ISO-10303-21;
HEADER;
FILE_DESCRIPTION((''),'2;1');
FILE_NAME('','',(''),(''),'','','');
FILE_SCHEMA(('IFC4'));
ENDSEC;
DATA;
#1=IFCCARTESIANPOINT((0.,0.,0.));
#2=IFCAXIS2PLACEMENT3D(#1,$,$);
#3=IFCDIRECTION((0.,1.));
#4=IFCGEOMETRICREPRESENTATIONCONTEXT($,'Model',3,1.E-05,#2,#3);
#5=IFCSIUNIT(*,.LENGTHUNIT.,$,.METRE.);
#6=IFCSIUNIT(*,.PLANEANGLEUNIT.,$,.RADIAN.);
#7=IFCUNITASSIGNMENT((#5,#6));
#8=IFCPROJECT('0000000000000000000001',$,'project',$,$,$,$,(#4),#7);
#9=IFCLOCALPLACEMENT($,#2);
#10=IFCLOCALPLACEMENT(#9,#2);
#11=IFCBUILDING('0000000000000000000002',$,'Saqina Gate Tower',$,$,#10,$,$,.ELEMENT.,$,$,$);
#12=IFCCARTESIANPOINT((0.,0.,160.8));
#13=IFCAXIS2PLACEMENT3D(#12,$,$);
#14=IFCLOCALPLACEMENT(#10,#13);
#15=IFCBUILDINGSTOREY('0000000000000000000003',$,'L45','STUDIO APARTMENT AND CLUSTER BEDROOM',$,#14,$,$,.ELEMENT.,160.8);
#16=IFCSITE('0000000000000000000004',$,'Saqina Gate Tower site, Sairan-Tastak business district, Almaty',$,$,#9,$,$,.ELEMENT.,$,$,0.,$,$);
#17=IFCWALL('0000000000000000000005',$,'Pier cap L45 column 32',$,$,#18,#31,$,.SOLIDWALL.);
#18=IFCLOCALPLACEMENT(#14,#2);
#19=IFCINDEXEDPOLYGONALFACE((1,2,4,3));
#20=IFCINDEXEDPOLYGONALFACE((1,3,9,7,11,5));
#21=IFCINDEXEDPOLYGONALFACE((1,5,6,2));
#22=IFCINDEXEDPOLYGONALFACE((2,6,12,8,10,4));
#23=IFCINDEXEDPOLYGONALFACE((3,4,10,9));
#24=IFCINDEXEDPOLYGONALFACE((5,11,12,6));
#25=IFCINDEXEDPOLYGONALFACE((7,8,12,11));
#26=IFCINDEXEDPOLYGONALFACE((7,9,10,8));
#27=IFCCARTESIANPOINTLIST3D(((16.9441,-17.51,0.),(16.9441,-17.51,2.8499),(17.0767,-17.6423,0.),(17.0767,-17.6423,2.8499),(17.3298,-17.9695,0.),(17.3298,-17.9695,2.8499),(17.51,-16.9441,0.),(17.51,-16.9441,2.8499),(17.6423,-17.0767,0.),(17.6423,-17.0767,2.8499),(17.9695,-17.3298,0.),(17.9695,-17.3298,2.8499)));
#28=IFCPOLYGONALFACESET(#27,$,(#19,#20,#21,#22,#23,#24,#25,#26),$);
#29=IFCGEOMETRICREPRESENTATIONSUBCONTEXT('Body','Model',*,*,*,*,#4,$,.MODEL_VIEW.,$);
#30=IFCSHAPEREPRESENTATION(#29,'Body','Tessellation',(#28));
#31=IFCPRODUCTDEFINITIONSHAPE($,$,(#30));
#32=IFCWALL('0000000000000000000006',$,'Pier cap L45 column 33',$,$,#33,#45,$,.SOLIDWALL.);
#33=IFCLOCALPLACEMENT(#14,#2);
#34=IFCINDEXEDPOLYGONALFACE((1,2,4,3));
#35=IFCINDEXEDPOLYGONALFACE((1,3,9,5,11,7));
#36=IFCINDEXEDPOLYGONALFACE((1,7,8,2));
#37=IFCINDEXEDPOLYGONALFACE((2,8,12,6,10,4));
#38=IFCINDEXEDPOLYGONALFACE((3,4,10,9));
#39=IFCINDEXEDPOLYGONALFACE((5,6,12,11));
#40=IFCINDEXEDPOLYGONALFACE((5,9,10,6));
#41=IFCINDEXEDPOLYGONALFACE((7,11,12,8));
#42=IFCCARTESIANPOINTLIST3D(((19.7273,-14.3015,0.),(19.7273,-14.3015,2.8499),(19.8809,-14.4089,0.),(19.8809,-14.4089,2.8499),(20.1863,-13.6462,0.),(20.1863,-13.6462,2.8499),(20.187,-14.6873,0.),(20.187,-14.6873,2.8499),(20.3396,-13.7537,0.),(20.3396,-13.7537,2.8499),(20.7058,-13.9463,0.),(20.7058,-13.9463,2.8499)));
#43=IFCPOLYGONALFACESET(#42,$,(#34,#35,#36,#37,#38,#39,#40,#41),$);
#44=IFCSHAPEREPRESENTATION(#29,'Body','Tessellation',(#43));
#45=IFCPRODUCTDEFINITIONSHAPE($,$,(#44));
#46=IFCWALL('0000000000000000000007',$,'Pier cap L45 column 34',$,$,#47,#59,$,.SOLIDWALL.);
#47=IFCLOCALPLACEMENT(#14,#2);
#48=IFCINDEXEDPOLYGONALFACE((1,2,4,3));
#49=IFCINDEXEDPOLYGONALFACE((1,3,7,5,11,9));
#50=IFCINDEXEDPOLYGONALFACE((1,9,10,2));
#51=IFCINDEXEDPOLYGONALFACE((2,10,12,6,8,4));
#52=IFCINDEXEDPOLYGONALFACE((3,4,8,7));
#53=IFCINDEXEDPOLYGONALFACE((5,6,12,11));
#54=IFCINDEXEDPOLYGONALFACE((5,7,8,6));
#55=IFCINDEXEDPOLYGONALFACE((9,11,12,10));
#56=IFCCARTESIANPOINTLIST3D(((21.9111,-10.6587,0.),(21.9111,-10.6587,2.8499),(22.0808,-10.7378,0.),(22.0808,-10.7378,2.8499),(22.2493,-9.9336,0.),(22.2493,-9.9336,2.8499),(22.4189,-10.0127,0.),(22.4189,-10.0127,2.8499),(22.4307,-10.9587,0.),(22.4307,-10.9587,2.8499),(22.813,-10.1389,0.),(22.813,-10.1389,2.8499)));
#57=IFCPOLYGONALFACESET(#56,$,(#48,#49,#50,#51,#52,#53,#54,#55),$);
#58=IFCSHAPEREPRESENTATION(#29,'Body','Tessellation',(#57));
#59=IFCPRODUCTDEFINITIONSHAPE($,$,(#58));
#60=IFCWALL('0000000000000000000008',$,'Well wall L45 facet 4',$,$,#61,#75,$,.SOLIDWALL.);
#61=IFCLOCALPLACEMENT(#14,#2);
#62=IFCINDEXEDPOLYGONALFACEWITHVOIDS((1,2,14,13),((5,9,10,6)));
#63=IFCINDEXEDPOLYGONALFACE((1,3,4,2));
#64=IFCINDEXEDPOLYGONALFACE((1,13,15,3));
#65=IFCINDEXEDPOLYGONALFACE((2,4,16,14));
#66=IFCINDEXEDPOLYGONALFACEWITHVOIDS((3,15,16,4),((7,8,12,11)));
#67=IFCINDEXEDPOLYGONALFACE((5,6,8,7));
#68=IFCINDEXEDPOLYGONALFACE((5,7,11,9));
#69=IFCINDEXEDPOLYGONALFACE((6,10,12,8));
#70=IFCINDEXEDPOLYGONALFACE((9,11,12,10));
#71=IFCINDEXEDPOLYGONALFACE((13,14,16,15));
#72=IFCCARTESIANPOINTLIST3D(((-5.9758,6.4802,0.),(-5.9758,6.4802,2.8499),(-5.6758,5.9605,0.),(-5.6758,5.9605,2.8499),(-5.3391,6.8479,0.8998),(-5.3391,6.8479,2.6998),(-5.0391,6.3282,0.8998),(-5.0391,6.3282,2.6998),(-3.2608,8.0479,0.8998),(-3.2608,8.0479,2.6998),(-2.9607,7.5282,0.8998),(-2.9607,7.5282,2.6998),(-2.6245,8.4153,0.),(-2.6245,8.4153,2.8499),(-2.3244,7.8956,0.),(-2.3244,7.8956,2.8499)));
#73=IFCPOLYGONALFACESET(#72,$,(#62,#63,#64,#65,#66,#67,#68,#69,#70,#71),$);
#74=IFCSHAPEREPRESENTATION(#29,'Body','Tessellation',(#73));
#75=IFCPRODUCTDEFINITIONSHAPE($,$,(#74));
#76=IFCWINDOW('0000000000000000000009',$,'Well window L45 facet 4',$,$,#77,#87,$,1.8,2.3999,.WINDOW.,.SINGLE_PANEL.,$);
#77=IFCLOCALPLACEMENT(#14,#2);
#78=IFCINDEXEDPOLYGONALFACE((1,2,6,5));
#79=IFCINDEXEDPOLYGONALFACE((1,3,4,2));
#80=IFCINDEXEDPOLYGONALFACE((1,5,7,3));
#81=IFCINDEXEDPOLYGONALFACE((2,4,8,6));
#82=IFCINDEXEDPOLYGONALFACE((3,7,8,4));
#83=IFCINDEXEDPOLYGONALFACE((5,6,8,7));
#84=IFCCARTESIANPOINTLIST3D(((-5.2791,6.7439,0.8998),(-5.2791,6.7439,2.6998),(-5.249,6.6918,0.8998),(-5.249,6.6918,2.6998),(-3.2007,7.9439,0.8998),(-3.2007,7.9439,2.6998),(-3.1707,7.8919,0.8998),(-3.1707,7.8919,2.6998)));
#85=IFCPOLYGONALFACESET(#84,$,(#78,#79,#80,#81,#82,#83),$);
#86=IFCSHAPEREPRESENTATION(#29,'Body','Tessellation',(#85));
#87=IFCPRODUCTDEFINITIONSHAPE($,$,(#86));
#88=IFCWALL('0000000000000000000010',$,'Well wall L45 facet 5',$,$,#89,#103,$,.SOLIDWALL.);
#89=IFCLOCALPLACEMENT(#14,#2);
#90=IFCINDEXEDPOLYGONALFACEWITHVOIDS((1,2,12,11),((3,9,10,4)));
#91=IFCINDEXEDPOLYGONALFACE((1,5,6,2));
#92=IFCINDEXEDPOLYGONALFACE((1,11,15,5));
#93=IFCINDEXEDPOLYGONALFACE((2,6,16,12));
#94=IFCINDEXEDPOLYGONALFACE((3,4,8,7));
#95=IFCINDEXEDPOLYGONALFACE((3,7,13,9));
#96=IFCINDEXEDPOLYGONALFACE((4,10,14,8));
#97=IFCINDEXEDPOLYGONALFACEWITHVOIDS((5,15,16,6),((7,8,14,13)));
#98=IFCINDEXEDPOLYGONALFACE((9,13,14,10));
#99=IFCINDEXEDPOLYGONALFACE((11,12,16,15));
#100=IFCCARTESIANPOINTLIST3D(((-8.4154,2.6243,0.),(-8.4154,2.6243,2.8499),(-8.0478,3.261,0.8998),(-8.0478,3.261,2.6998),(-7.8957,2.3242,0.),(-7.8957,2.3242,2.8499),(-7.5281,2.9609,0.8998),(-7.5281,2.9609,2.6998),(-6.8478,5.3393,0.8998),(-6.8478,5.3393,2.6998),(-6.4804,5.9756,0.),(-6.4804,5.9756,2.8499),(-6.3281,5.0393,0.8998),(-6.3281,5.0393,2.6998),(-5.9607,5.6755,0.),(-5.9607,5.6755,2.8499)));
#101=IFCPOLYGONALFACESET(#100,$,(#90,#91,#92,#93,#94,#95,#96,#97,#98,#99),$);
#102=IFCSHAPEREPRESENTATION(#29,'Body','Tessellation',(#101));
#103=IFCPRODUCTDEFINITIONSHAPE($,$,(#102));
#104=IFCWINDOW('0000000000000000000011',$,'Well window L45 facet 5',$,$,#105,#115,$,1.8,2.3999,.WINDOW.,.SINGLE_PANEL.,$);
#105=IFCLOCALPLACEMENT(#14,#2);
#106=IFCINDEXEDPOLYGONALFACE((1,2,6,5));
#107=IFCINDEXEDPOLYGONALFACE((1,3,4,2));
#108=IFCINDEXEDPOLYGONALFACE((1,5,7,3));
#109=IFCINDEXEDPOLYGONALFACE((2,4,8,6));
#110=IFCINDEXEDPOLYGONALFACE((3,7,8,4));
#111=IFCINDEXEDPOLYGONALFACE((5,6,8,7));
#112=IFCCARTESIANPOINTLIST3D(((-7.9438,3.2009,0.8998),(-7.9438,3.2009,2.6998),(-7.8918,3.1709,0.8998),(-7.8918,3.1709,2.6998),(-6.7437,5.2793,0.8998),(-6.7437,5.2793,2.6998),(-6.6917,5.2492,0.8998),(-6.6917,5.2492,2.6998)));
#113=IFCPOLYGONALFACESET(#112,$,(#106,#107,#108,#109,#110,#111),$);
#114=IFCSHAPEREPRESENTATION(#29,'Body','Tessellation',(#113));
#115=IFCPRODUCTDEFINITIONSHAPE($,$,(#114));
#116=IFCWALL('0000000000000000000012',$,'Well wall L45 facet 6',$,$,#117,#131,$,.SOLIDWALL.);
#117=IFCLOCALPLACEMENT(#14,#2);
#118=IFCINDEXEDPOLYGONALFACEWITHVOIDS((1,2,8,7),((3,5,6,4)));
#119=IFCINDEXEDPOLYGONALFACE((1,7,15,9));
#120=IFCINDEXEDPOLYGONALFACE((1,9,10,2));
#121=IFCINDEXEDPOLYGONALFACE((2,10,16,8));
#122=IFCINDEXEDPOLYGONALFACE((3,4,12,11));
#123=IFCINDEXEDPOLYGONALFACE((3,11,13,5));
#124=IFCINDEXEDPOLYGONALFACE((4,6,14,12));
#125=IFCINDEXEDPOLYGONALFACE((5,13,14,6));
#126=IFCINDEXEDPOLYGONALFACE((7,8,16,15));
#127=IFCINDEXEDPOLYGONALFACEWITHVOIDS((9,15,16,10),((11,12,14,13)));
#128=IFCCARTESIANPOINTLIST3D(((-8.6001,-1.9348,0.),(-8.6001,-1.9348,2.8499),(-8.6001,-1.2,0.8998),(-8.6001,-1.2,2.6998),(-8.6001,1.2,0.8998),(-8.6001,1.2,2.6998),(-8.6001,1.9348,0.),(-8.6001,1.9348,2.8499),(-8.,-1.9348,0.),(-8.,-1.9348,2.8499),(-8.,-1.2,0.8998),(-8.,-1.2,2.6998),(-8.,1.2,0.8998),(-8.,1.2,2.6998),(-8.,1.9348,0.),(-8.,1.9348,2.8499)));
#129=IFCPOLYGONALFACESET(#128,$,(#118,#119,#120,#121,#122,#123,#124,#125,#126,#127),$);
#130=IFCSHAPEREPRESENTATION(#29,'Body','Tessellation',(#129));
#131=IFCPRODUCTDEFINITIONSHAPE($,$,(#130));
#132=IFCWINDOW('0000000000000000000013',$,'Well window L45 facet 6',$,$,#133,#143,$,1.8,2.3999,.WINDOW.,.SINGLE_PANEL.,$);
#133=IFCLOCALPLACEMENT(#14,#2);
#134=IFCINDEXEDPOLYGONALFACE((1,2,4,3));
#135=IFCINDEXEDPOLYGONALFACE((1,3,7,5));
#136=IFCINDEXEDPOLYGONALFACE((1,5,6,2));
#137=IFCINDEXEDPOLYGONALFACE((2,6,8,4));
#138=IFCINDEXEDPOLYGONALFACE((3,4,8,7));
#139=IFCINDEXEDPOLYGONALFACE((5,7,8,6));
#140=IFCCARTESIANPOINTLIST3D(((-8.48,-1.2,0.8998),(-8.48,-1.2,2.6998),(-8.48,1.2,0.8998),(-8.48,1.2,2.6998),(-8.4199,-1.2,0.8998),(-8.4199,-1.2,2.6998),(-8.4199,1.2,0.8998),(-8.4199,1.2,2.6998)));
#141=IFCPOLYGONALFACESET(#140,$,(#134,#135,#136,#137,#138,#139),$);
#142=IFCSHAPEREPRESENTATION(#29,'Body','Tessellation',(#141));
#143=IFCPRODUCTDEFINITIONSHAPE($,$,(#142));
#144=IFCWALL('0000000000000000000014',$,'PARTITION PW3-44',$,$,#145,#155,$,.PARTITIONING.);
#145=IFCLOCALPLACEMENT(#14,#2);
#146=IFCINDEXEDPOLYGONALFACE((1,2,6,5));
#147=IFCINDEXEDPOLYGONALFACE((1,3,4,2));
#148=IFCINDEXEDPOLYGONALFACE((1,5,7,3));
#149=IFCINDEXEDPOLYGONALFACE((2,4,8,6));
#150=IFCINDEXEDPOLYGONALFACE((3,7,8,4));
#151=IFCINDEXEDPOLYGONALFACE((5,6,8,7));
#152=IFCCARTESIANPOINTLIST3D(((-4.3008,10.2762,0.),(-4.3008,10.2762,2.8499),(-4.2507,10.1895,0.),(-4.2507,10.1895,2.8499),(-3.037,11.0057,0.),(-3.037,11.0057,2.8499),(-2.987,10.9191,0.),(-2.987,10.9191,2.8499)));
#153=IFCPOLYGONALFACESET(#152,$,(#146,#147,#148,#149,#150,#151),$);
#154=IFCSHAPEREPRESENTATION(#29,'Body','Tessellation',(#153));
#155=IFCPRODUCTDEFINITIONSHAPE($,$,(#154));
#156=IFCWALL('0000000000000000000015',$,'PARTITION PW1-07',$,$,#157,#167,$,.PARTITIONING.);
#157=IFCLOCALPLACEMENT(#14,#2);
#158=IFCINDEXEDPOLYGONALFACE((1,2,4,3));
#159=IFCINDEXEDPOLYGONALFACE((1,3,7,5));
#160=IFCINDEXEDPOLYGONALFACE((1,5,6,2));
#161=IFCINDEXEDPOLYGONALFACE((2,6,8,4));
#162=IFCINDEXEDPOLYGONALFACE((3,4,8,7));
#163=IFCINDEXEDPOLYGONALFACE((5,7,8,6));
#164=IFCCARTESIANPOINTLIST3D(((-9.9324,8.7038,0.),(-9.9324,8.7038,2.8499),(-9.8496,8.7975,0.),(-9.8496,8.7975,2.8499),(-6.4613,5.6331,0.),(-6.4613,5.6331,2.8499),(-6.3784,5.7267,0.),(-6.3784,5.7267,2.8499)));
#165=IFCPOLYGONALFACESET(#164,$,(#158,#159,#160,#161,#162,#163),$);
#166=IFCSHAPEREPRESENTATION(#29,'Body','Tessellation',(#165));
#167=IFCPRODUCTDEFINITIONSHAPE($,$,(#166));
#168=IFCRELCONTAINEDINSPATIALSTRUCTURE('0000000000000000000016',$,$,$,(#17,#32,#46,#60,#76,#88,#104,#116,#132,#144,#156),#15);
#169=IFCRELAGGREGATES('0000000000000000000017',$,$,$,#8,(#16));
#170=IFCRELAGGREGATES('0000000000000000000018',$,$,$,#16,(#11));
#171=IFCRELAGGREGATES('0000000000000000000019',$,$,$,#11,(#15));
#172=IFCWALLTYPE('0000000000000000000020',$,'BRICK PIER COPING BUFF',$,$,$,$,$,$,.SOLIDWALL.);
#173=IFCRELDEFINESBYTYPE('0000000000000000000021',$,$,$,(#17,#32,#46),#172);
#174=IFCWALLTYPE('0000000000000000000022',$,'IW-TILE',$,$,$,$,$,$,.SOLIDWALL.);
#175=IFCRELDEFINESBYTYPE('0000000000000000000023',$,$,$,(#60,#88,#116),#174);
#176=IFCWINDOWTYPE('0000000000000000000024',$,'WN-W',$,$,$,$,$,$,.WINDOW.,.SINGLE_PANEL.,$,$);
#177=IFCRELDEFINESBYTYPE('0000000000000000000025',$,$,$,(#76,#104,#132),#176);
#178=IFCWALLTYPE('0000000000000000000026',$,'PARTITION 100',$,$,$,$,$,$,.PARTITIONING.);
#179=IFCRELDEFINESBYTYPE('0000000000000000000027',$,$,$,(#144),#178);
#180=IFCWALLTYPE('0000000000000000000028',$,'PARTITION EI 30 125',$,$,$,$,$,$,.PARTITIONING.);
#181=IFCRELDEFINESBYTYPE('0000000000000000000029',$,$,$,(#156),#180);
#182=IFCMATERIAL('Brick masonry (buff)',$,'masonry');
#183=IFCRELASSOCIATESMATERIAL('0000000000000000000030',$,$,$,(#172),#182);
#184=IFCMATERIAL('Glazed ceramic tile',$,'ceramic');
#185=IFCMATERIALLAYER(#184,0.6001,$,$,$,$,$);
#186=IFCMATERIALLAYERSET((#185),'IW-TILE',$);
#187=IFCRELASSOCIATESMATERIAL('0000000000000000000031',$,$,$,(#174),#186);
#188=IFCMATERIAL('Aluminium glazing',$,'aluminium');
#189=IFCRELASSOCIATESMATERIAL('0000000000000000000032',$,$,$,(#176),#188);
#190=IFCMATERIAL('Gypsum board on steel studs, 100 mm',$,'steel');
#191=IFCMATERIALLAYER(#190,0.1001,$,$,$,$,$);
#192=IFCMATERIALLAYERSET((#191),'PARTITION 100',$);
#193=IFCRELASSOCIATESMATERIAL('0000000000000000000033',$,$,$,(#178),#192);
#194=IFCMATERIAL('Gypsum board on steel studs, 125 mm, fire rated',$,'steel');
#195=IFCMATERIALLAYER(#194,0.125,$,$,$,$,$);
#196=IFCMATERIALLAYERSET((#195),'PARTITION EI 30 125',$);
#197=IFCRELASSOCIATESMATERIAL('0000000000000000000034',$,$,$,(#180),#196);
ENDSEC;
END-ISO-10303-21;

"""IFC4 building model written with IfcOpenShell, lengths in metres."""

from ifc_helpers import new_model, si_unit, direction, frame, frame_2d, origin, place, context, subcontext, project, spatial, polyline, rectangle, outline, extrude, material, layer, layer_set, type_object, element, fill, save


model = new_model("IFC4")

# Units and contexts
model_context = context("Model", 3, precision=1e-05, world=origin(), true_north=direction((0.0, 1.0)))
body_context = subcontext(model_context, "Body", "Model", "MODEL_VIEW")
ifc_project = project(units=[si_unit("LENGTHUNIT", "METRE"), si_unit("PLANEANGLEUNIT", "RADIAN")], contexts=[model_context])

# Site, building, storey
site_placement = place(None, origin())
site = spatial("IfcSite", under=ifc_project, at=site_placement, Name="Saqina Gate Tower site, Sairan-Tastak business district, Almaty", CompositionType="ELEMENT", RefElevation=0.0)
building_placement = place(site_placement, origin())
building = spatial("IfcBuilding", under=site, at=building_placement, Name="Saqina Gate Tower", CompositionType="ELEMENT")
storey_placement = place(building_placement, frame((0.0, 0.0, 160.8)))
storey = spatial("IfcBuildingStorey", under=building, at=storey_placement, Name="L45", Description="STUDIO APARTMENT AND CLUSTER BEDROOM", CompositionType="ELEMENT", Elevation=160.8)

# Walls
ifc_material_1 = material(Name="Brick masonry (buff)", Category="masonry")
wall_type_1 = type_object("IfcWallType", Name="BRICK PIER COPING BUFF", PredefinedType="SOLIDWALL", material=ifc_material_1)
wall_1_placement = place(storey_placement, origin())
element("IfcWall", 1, at=wall_1_placement, inside=storey, type_object=wall_type_1, Name="Pier cap L45 column 32", PredefinedType="SOLIDWALL", context=body_context, shape_type="SweptSolid", body=[
    extrude(outline(polyline([(17.9695, -17.3298), (17.51, -16.9441), (17.6423, -17.0767), (17.0767, -17.6423), (16.9441, -17.51), (17.3298, -17.9695), (17.9695, -17.3298)])), origin(), (0.0, 0.0, 1.0), 2.8499),
])
wall_2_placement = place(storey_placement, origin())
element("IfcWall", 2, at=wall_2_placement, inside=storey, type_object=wall_type_1, Name="Pier cap L45 column 33", PredefinedType="SOLIDWALL", context=body_context, shape_type="SweptSolid", body=[
    extrude(outline(polyline([(20.187, -14.6873), (20.7058, -13.9463), (20.1863, -13.6462), (20.3396, -13.7537), (19.8809, -14.4089), (19.7273, -14.3015), (20.187, -14.6873)])), origin(), (0.0, 0.0, 1.0), 2.8499),
])
wall_3_placement = place(storey_placement, origin())
element("IfcWall", 3, at=wall_3_placement, inside=storey, type_object=wall_type_1, Name="Pier cap L45 column 34", PredefinedType="SOLIDWALL", context=body_context, shape_type="SweptSolid", body=[
    extrude(outline(polyline([(22.813, -10.1389), (22.2493, -9.9336), (22.4189, -10.0127), (22.0808, -10.7378), (21.9111, -10.6587), (22.4307, -10.9587), (22.813, -10.1389)])), origin(), (0.0, 0.0, 1.0), 2.8499),
])

# Walls, openings, windows
ifc_material_2 = material(Name="Glazed ceramic tile", Category="ceramic")
ifc_layer_1 = layer(ifc_material_2, 0.6001)
ifc_layer_set_1 = layer_set([ifc_layer_1], Name="IW-TILE")
wall_type_2 = type_object("IfcWallType", Name="IW-TILE", PredefinedType="SOLIDWALL", material=ifc_layer_set_1)
wall_4_placement = place(storey_placement, frame((-2.4744, 8.1555, 0.0), z_axis=(0.0, 0.0, 1.0), x_axis=(-0.866006, -0.500034, 0.0)))
wall_4 = element("IfcWall", 4, at=wall_4_placement, inside=storey, type_object=wall_type_2, Name="Well wall L45 facet 4", PredefinedType="SOLIDWALL", context=body_context, shape_type="SweptSolid", body=[
    extrude(rectangle(XDim=3.8699, YDim=0.6001, at=frame_2d((1.9351, 0.0))), origin(), (0.0, 0.0, 1.0), 2.8499),
])
opening_1_placement = place(wall_4_placement, frame((0.7349, 0.0, 0.8999)))
opening_1 = element("IfcOpeningElement", 5, at=opening_1_placement, cuts=wall_4, PredefinedType="OPENING", context=body_context, shape_type="SweptSolid", body=[
    extrude(rectangle(XDim=2.3999, YDim=1.8, at=frame_2d((1.2, 0.8999))), frame((0.0, 0.312, 0.0), z_axis=(0.0, -1.0, 0.0), x_axis=(1.0, 0.0, 0.0)), (0.0, 0.0, 1.0), 0.624),
])
ifc_material_3 = material(Name="Aluminium glazing", Category="aluminium")
window_type = type_object("IfcWindowType", Name="WN-W", PartitioningType="SINGLE_PANEL", PredefinedType="WINDOW", material=ifc_material_3)
window_1_placement = place(opening_1_placement, origin())
window_1 = element("IfcWindow", 6, at=window_1_placement, inside=storey, type_object=window_type, Name="Well window L45 facet 4", OverallHeight=1.8, OverallWidth=2.3999, PartitioningType="SINGLE_PANEL", PredefinedType="WINDOW", context=body_context, shape_type="SweptSolid", body=[
    extrude(rectangle(XDim=2.3999, YDim=1.8, at=frame_2d((1.2, 0.8999))), frame((0.0, -0.1199, 0.0), z_axis=(0.0, -1.0, 0.0), x_axis=(1.0, 0.0, 0.0)), (0.0, 0.0, 1.0), 0.0601),
])
fill(opening_1, window_1)
wall_5_placement = place(storey_placement, frame((-6.2205, 5.8257, 0.0), z_axis=(0.0, 0.0, 1.0), x_axis=(-0.500034, -0.866006, 0.0)))
wall_5 = element("IfcWall", 7, at=wall_5_placement, inside=storey, type_object=wall_type_2, Name="Well wall L45 facet 5", PredefinedType="SOLIDWALL", context=body_context, shape_type="SweptSolid", body=[
    extrude(rectangle(XDim=3.8699, YDim=0.6001, at=frame_2d((1.9351, 0.0))), origin(), (0.0, 0.0, 1.0), 2.8499),
])
opening_2_placement = place(wall_5_placement, frame((0.7349, 0.0, 0.8999)))
opening_2 = element("IfcOpeningElement", 8, at=opening_2_placement, cuts=wall_5, PredefinedType="OPENING", context=body_context, shape_type="SweptSolid", body=[
    extrude(rectangle(XDim=2.3999, YDim=1.8, at=frame_2d((1.2, 0.8999))), frame((0.0, 0.312, 0.0), z_axis=(0.0, -1.0, 0.0), x_axis=(1.0, 0.0, 0.0)), (0.0, 0.0, 1.0), 0.624),
])
window_2_placement = place(opening_2_placement, origin())
window_2 = element("IfcWindow", 9, at=window_2_placement, inside=storey, type_object=window_type, Name="Well window L45 facet 5", OverallHeight=1.8, OverallWidth=2.3999, PartitioningType="SINGLE_PANEL", PredefinedType="WINDOW", context=body_context, shape_type="SweptSolid", body=[
    extrude(rectangle(XDim=2.3999, YDim=1.8, at=frame_2d((1.2, 0.8999))), frame((0.0, -0.1199, 0.0), z_axis=(0.0, -1.0, 0.0), x_axis=(1.0, 0.0, 0.0)), (0.0, 0.0, 1.0), 0.0601),
])
fill(opening_2, window_2)
wall_6_placement = place(storey_placement, frame((-8.3, 1.9348, 0.0), z_axis=(0.0, 0.0, 1.0), x_axis=(0.0, -1.0, 0.0)))
wall_6 = element("IfcWall", 10, at=wall_6_placement, inside=storey, type_object=wall_type_2, Name="Well wall L45 facet 6", PredefinedType="SOLIDWALL", context=body_context, shape_type="SweptSolid", body=[
    extrude(rectangle(XDim=3.8696, YDim=0.6001, at=frame_2d((1.9348, 0.0))), origin(), (0.0, 0.0, 1.0), 2.8499),
])
opening_3_placement = place(wall_6_placement, frame((0.7349, 0.0, 0.8999)))
opening_3 = element("IfcOpeningElement", 11, at=opening_3_placement, cuts=wall_6, PredefinedType="OPENING", context=body_context, shape_type="SweptSolid", body=[
    extrude(rectangle(XDim=2.3999, YDim=1.8, at=frame_2d((1.2, 0.8999))), frame((0.0, 0.312, 0.0), z_axis=(0.0, -1.0, 0.0), x_axis=(1.0, 0.0, 0.0)), (0.0, 0.0, 1.0), 0.624),
])
window_3_placement = place(opening_3_placement, origin())
window_3 = element("IfcWindow", 12, at=window_3_placement, inside=storey, type_object=window_type, Name="Well window L45 facet 6", OverallHeight=1.8, OverallWidth=2.3999, PartitioningType="SINGLE_PANEL", PredefinedType="WINDOW", context=body_context, shape_type="SweptSolid", body=[
    extrude(rectangle(XDim=2.3999, YDim=1.8, at=frame_2d((1.2, 0.8999))), frame((0.0, -0.1199, 0.0), z_axis=(0.0, -1.0, 0.0), x_axis=(1.0, 0.0, 0.0)), (0.0, 0.0, 1.0), 0.0601),
])
fill(opening_3, window_3)

# Walls
ifc_material_4 = material(Name="Gypsum board on steel studs, 100 mm", Category="steel")
ifc_layer_2 = layer(ifc_material_4, 0.1001)
ifc_layer_set_2 = layer_set([ifc_layer_2], Name="PARTITION 100")
wall_type_3 = type_object("IfcWallType", Name="PARTITION 100", PredefinedType="PARTITIONING", material=ifc_layer_set_2)
wall_7_placement = place(storey_placement, frame((-4.2756, 10.2329, 0.0), z_axis=(0.0, 0.0, 1.0), x_axis=(0.866052, 0.499954, 0.0)))
element("IfcWall", 13, at=wall_7_placement, inside=storey, type_object=wall_type_3, Name="PARTITION PW3-44", PredefinedType="PARTITIONING", context=body_context, shape_type="SweptSolid", body=[
    extrude(rectangle(XDim=1.4592, YDim=0.1001, at=frame_2d((0.7295, 0.0))), origin(), (0.0, 0.0, 1.0), 2.8499),
])
ifc_material_5 = material(Name="Gypsum board on steel studs, 125 mm, fire rated", Category="steel")
ifc_layer_3 = layer(ifc_material_5, 0.125)
ifc_layer_set_3 = layer_set([ifc_layer_3], Name="PARTITION EI 30 125")
wall_type_4 = type_object("IfcWallType", Name="PARTITION EI 30 125", PredefinedType="PARTITIONING", material=ifc_layer_set_3)
wall_8_placement = place(storey_placement, frame((-9.8911, 8.7507, 0.0), z_axis=(0.0, 0.0, 1.0), x_axis=(0.748982, -0.66259, 0.0)))
element("IfcWall", 14, at=wall_8_placement, inside=storey, type_object=wall_type_4, Name="PARTITION PW1-07", PredefinedType="PARTITIONING", context=body_context, shape_type="SweptSolid", body=[
    extrude(rectangle(XDim=4.6345, YDim=0.125, at=frame_2d((2.3174, 0.0))), origin(), (0.0, 0.0, 1.0), 2.8499),
])

save(model, "model.ifc")
